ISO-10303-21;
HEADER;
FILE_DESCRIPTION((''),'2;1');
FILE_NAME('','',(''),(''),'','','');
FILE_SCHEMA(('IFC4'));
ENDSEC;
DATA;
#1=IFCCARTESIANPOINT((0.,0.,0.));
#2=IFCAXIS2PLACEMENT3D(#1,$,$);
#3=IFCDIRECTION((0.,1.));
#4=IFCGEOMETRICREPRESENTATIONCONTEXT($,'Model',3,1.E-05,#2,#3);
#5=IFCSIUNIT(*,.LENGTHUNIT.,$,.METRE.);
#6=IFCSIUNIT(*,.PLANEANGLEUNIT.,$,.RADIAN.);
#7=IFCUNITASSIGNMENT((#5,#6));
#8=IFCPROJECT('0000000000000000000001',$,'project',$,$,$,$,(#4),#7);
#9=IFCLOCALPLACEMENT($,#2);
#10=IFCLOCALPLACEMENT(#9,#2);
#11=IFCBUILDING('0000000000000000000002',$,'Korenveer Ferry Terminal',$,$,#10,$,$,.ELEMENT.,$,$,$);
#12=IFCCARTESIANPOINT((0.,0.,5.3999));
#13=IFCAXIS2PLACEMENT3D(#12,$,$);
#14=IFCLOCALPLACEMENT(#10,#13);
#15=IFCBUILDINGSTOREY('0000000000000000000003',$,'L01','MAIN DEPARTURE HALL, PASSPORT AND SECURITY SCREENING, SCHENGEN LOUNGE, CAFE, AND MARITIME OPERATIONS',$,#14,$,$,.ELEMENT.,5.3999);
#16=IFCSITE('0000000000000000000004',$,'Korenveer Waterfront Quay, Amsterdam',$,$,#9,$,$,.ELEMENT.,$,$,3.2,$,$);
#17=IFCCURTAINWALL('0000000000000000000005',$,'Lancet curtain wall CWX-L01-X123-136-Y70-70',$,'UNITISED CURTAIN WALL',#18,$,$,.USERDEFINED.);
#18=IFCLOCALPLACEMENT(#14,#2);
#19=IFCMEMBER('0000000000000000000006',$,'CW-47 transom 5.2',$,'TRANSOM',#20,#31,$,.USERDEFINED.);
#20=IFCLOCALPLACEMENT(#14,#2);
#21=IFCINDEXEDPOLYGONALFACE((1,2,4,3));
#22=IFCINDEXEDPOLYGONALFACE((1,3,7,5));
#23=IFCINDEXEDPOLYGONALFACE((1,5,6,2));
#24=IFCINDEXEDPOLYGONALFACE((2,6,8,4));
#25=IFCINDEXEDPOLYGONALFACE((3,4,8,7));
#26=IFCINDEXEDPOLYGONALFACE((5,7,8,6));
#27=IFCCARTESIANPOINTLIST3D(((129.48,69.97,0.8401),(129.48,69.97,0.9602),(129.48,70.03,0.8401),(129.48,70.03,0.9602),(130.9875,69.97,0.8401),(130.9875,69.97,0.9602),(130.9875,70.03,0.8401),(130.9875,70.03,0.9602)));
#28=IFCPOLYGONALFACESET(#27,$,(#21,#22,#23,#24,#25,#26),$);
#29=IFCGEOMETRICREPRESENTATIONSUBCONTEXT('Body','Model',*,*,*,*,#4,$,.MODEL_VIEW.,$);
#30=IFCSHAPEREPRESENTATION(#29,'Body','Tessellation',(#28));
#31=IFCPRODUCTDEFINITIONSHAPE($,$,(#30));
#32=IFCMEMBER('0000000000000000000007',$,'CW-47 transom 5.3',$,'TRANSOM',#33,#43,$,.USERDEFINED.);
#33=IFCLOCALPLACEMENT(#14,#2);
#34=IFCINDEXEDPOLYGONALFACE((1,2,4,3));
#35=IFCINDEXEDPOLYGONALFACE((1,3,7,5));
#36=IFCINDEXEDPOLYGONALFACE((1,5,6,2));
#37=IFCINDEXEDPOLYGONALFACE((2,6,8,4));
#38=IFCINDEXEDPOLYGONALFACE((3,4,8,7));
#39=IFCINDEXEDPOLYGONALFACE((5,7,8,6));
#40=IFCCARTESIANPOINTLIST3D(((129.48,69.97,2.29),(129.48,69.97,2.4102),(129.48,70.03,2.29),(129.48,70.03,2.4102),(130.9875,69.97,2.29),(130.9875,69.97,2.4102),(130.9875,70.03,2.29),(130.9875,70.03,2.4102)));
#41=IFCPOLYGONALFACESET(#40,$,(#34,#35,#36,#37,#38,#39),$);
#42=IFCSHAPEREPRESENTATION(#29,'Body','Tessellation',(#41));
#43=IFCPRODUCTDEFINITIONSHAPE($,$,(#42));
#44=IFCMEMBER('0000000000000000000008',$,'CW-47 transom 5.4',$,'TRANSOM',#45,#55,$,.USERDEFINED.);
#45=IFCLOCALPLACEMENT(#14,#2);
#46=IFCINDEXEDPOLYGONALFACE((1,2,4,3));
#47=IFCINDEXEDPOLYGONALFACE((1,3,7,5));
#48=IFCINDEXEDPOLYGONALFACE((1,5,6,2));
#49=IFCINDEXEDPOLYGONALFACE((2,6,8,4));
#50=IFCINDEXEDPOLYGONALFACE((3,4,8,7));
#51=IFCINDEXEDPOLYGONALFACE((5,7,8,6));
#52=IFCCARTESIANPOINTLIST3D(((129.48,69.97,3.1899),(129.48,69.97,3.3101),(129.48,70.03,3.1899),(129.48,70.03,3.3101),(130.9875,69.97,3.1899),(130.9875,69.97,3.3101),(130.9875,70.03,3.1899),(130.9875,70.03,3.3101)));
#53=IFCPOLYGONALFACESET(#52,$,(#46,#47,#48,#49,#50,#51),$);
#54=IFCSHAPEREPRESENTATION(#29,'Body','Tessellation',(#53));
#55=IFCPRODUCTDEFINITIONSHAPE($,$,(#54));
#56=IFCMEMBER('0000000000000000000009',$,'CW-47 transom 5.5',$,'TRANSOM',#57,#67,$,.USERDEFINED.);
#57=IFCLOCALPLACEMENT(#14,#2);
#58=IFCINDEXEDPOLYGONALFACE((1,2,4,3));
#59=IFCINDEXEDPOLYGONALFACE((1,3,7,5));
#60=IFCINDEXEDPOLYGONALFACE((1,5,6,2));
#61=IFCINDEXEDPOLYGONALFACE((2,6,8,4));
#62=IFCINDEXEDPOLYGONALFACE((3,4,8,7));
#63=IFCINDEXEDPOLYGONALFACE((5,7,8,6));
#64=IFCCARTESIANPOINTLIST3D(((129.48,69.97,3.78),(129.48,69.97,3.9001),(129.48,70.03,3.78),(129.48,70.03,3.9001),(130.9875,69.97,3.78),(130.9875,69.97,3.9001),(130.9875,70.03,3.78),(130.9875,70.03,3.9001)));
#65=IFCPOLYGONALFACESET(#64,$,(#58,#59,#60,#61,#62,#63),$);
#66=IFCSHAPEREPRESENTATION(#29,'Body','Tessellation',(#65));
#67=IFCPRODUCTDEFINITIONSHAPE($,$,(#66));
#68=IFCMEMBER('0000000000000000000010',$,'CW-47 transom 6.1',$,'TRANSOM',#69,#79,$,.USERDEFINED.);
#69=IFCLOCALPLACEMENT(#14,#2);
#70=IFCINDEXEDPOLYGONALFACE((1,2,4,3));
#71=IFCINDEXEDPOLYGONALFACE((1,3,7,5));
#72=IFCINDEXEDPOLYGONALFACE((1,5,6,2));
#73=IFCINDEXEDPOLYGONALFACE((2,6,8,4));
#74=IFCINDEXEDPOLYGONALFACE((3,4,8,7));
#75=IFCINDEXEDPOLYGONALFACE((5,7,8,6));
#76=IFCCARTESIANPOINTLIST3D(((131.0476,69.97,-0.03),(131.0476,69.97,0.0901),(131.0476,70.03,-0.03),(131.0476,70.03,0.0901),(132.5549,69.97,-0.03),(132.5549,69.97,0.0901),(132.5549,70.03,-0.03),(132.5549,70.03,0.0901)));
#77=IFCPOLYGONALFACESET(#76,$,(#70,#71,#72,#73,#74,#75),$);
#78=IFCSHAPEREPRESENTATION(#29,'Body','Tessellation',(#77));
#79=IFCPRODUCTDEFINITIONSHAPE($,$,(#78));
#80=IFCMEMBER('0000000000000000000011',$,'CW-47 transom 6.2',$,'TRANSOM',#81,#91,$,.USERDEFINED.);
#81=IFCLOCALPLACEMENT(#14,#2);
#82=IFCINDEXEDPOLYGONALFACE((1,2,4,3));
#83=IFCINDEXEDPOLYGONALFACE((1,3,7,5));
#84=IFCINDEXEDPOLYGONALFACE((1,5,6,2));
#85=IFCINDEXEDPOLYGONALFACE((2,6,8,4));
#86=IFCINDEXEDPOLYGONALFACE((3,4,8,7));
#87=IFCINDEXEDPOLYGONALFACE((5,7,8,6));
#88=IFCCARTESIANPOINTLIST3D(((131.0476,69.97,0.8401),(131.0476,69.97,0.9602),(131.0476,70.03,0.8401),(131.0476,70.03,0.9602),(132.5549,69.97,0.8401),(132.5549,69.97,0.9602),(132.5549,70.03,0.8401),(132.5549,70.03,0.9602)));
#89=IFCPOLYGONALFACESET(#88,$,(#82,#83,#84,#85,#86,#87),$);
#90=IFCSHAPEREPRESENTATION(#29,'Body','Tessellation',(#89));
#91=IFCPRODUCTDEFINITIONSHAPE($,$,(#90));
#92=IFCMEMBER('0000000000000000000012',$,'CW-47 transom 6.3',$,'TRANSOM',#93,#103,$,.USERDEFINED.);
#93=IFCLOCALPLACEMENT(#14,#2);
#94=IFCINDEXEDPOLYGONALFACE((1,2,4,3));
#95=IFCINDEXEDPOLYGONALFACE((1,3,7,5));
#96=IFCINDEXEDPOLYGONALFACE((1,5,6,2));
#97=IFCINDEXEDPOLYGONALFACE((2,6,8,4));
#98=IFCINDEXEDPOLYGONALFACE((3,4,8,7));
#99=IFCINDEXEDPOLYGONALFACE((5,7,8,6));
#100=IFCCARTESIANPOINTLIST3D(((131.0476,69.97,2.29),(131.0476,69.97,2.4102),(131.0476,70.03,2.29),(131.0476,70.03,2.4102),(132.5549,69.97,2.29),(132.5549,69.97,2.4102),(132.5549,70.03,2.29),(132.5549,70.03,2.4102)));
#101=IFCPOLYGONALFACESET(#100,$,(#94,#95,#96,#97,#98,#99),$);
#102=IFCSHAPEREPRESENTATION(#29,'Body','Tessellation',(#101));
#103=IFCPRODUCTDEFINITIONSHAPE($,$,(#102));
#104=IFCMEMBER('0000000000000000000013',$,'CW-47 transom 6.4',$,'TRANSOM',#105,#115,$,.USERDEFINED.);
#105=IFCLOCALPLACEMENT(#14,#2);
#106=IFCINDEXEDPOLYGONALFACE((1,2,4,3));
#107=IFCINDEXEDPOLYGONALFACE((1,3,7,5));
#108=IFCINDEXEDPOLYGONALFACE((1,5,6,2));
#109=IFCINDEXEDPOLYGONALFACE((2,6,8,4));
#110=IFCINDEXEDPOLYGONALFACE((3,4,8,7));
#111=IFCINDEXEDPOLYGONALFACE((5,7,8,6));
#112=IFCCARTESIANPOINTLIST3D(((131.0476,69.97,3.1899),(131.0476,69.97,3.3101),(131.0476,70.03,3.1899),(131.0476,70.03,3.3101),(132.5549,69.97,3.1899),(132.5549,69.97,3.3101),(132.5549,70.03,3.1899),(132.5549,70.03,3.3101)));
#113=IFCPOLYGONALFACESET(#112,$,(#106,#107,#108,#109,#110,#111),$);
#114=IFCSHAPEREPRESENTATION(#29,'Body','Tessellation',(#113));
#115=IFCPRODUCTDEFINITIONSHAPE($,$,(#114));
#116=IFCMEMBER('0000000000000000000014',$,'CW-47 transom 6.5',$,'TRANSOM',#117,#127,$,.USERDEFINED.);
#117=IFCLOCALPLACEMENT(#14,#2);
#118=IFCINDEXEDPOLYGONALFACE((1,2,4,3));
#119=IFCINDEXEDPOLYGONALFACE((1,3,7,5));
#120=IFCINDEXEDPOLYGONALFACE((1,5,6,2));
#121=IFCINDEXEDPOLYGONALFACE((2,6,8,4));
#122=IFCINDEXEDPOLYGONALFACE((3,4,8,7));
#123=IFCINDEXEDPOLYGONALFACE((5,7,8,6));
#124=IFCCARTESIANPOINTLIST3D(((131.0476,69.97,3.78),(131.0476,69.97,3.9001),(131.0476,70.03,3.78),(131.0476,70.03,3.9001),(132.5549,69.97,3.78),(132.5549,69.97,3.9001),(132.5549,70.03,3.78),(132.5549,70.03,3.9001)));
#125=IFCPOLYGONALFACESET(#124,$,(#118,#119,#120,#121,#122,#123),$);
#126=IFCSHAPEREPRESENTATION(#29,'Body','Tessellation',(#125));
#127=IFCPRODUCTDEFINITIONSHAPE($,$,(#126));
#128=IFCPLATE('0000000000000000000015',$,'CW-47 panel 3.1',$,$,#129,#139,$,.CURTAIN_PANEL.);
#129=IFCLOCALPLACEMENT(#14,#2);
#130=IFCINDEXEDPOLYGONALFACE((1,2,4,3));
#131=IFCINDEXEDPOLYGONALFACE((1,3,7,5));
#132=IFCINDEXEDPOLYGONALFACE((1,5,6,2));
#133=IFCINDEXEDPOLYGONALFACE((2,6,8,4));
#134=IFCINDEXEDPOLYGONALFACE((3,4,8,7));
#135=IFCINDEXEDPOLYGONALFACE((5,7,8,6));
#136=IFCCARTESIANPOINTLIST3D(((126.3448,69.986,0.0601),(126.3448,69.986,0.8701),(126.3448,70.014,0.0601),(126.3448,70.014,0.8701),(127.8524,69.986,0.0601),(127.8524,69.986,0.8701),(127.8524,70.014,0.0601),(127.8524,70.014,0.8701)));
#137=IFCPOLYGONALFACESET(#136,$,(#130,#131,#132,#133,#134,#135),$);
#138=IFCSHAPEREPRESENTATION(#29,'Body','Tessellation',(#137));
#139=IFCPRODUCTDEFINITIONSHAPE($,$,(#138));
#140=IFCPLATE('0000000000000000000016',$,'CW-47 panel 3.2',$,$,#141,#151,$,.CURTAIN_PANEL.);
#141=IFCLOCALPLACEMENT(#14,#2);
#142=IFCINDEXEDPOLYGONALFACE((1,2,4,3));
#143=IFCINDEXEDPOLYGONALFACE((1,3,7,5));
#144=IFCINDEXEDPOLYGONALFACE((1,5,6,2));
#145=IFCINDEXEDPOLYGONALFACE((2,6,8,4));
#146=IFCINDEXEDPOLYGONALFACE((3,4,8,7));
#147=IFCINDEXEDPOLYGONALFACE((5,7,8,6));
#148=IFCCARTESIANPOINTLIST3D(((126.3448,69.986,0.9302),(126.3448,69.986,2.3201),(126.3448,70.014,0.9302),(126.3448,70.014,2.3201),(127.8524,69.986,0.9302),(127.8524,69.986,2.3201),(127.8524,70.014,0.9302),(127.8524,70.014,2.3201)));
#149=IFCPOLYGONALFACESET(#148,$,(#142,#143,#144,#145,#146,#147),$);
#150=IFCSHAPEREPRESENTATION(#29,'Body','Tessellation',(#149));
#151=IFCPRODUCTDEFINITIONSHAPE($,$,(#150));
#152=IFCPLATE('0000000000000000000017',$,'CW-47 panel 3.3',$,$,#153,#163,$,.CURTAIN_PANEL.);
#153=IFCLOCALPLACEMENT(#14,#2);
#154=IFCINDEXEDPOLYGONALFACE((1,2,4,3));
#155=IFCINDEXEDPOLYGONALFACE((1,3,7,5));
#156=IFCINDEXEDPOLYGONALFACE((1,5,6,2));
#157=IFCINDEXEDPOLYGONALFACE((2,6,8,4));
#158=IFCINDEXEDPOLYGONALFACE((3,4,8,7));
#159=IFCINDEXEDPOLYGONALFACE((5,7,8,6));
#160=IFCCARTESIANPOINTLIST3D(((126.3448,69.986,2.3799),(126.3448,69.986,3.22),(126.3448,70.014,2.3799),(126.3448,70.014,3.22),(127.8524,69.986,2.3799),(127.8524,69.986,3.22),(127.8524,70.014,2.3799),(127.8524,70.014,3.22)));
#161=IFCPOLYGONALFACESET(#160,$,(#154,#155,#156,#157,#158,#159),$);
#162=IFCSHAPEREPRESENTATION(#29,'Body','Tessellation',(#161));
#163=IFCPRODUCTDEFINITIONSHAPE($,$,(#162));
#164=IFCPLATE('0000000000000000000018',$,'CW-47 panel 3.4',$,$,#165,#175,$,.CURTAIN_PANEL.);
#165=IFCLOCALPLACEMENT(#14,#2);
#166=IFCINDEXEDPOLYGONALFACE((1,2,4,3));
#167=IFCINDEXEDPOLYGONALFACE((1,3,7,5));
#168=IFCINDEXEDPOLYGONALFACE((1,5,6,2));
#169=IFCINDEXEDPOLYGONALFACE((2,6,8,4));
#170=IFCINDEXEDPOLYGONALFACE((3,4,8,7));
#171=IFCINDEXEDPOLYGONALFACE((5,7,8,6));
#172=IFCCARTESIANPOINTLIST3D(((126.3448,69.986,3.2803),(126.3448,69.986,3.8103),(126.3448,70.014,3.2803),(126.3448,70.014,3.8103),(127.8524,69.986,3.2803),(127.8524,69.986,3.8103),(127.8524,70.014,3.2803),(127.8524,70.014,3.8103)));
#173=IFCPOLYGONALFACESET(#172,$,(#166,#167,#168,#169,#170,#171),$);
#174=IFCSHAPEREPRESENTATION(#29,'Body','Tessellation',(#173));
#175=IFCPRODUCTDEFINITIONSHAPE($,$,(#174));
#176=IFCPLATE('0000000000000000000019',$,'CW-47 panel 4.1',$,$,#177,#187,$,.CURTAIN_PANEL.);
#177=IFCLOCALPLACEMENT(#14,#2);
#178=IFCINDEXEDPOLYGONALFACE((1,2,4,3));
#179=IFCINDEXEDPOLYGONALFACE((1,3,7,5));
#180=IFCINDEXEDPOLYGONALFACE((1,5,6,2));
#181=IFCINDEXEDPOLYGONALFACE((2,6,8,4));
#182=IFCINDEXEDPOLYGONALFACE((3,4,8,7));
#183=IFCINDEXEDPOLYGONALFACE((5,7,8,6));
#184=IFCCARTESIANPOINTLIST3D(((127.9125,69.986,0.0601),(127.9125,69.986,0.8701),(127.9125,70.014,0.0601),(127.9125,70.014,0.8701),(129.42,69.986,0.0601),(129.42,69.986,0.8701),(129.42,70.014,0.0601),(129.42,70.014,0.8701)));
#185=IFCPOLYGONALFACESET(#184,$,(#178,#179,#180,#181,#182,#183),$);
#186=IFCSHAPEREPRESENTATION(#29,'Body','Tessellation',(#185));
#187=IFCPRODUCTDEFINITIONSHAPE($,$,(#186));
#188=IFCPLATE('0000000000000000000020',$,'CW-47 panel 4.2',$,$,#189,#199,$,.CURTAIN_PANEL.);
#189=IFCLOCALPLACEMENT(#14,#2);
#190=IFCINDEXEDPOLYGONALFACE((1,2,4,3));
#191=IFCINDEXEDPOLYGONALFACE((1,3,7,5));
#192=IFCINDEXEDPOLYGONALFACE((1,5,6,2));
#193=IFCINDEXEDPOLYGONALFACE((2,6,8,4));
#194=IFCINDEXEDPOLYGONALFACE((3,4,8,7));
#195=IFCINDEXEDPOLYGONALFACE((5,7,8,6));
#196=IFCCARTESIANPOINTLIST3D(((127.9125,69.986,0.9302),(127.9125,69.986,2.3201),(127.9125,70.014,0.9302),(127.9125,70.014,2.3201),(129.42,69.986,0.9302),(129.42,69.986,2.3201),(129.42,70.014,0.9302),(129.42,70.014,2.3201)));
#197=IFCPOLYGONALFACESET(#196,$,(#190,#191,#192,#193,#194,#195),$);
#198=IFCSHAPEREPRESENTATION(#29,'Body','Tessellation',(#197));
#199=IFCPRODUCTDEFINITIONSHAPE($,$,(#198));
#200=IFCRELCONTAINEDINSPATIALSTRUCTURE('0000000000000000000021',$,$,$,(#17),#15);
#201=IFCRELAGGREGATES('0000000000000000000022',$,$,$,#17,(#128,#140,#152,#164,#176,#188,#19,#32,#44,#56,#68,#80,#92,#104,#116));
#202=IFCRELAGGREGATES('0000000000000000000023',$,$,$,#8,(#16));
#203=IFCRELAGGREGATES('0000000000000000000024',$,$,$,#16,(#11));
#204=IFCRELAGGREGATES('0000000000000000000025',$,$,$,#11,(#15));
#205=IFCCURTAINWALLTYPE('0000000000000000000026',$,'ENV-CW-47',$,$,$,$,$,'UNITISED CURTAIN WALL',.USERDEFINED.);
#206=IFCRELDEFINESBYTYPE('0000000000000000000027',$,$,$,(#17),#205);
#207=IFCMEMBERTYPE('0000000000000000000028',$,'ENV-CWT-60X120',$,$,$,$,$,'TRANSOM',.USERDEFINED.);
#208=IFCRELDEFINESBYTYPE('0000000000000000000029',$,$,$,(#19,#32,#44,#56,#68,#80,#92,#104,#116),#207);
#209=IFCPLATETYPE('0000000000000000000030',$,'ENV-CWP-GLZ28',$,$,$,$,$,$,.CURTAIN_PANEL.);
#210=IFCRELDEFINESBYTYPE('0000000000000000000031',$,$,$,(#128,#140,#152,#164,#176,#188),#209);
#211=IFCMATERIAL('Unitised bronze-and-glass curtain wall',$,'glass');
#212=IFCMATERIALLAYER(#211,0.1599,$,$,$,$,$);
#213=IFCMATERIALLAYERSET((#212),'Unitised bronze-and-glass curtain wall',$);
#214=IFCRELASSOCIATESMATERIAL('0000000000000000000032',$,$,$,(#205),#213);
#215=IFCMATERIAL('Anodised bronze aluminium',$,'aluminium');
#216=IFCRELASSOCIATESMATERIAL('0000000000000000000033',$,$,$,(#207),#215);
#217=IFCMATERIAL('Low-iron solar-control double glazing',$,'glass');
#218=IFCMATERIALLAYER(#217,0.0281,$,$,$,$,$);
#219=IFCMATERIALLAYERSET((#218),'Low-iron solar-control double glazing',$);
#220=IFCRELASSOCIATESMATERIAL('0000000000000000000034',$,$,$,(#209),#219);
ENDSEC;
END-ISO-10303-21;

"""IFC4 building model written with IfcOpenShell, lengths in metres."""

from ifc_helpers import new_model, si_unit, direction, frame, origin, origin_2d, place, context, subcontext, project, spatial, rectangle, extrude, material, layer, layer_set, material_profile, profile_set, type_object, element, aggregate, save


model = new_model("IFC4")

# Units and contexts
model_context = context("Model", 3, precision=1e-05, world=origin(), true_north=direction((0.0, 1.0)))
body_context = subcontext(model_context, "Body", "Model", "MODEL_VIEW")
ifc_project = project(units=[si_unit("LENGTHUNIT", "METRE"), si_unit("PLANEANGLEUNIT", "RADIAN")], contexts=[model_context])

# Site, building, storey
site_placement = place(None, origin())
site = spatial("IfcSite", under=ifc_project, at=site_placement, Name="Korenveer Waterfront Quay, Amsterdam", CompositionType="ELEMENT", RefElevation=3.2)
building_placement = place(site_placement, origin())
building = spatial("IfcBuilding", under=site, at=building_placement, Name="Korenveer Ferry Terminal", CompositionType="ELEMENT")
storey_placement = place(building_placement, frame((0.0, 0.0, 5.3999)))
storey = spatial("IfcBuildingStorey", under=building, at=storey_placement, Name="L01", Description="MAIN DEPARTURE HALL, PASSPORT AND SECURITY SCREENING, SCHENGEN LOUNGE, CAFE, AND MARITIME OPERATIONS", CompositionType="ELEMENT", Elevation=5.3999)

# Curtain wall, members, plates
ifc_material_1 = material(Name="Unitised bronze-and-glass curtain wall", Category="glass")
ifc_layer_1 = layer(ifc_material_1, 0.1599)
ifc_layer_set_1 = layer_set([ifc_layer_1], Name="Unitised bronze-and-glass curtain wall")
curtain_wall_type = type_object("IfcCurtainWallType", Name="ENV-CW-47", ElementType="UNITISED CURTAIN WALL", PredefinedType="USERDEFINED", material=ifc_layer_set_1)
curtain_wall_placement = place(storey_placement, frame((123.1799, 70.0, 0.0)))
curtain_wall = element("IfcCurtainWall", 1, at=curtain_wall_placement, inside=storey, type_object=curtain_wall_type, Name="Lancet curtain wall CWX-L01-X123-136-Y70-70", ObjectType="UNITISED CURTAIN WALL", PredefinedType="USERDEFINED")
ifc_material_2 = material(Name="Anodised bronze aluminium", Category="aluminium")
ifc_material_profile_1 = material_profile(ifc_material_2, rectangle(XDim=0.0601, YDim=0.1201, at=origin_2d()), Name="ALU 60x120")
ifc_profile_set_1 = profile_set([ifc_material_profile_1], Name="Anodised bronze aluminium")
member_type_1 = type_object("IfcMemberType", Name="ENV-CWT-60X120", ElementType="TRANSOM", PredefinedType="USERDEFINED", material=ifc_profile_set_1)
member_1_placement = place(storey_placement, frame((129.48, 70.0, 0.9001), z_axis=(1.0, 0.0, 0.0), x_axis=(0.0, 1.0, 0.0)))
member_1 = element("IfcMember", 2, at=member_1_placement, type_object=member_type_1, Name="CW-47 transom 5.2", ObjectType="TRANSOM", PredefinedType="USERDEFINED", context=body_context, shape_type="SweptSolid", body=[
    extrude(rectangle(XDim=0.0601, YDim=0.1201, at=origin_2d()), origin(), (0.0, 0.0, 1.0), 1.5076),
])
member_2_placement = place(storey_placement, frame((129.48, 70.0, 2.3501), z_axis=(1.0, 0.0, 0.0), x_axis=(0.0, 1.0, 0.0)))
member_2 = element("IfcMember", 3, at=member_2_placement, type_object=member_type_1, Name="CW-47 transom 5.3", ObjectType="TRANSOM", PredefinedType="USERDEFINED", context=body_context, shape_type="SweptSolid", body=[
    extrude(rectangle(XDim=0.0601, YDim=0.1201, at=origin_2d()), origin(), (0.0, 0.0, 1.0), 1.5076),
])
member_3_placement = place(storey_placement, frame((129.48, 70.0, 3.25), z_axis=(1.0, 0.0, 0.0), x_axis=(0.0, 1.0, 0.0)))
member_3 = element("IfcMember", 4, at=member_3_placement, type_object=member_type_1, Name="CW-47 transom 5.4", ObjectType="TRANSOM", PredefinedType="USERDEFINED", context=body_context, shape_type="SweptSolid", body=[
    extrude(rectangle(XDim=0.0601, YDim=0.1201, at=origin_2d()), origin(), (0.0, 0.0, 1.0), 1.5076),
])
member_4_placement = place(storey_placement, frame((129.48, 70.0, 3.8401), z_axis=(1.0, 0.0, 0.0), x_axis=(0.0, 1.0, 0.0)))
member_4 = element("IfcMember", 5, at=member_4_placement, type_object=member_type_1, Name="CW-47 transom 5.5", ObjectType="TRANSOM", PredefinedType="USERDEFINED", context=body_context, shape_type="SweptSolid", body=[
    extrude(rectangle(XDim=0.0601, YDim=0.1201, at=origin_2d()), origin(), (0.0, 0.0, 1.0), 1.5076),
])
member_5_placement = place(storey_placement, frame((131.0476, 70.0, 0.03), z_axis=(1.0, 0.0, 0.0), x_axis=(0.0, 1.0, 0.0)))
member_5 = element("IfcMember", 6, at=member_5_placement, type_object=member_type_1, Name="CW-47 transom 6.1", ObjectType="TRANSOM", PredefinedType="USERDEFINED", context=body_context, shape_type="SweptSolid", body=[
    extrude(rectangle(XDim=0.0601, YDim=0.1201, at=origin_2d()), origin(), (0.0, 0.0, 1.0), 1.5073),
])
member_6_placement = place(storey_placement, frame((131.0476, 70.0, 0.9001), z_axis=(1.0, 0.0, 0.0), x_axis=(0.0, 1.0, 0.0)))
member_6 = element("IfcMember", 7, at=member_6_placement, type_object=member_type_1, Name="CW-47 transom 6.2", ObjectType="TRANSOM", PredefinedType="USERDEFINED", context=body_context, shape_type="SweptSolid", body=[
    extrude(rectangle(XDim=0.0601, YDim=0.1201, at=origin_2d()), origin(), (0.0, 0.0, 1.0), 1.5073),
])
member_7_placement = place(storey_placement, frame((131.0476, 70.0, 2.3501), z_axis=(1.0, 0.0, 0.0), x_axis=(0.0, 1.0, 0.0)))
member_7 = element("IfcMember", 8, at=member_7_placement, type_object=member_type_1, Name="CW-47 transom 6.3", ObjectType="TRANSOM", PredefinedType="USERDEFINED", context=body_context, shape_type="SweptSolid", body=[
    extrude(rectangle(XDim=0.0601, YDim=0.1201, at=origin_2d()), origin(), (0.0, 0.0, 1.0), 1.5073),
])
member_8_placement = place(storey_placement, frame((131.0476, 70.0, 3.25), z_axis=(1.0, 0.0, 0.0), x_axis=(0.0, 1.0, 0.0)))
member_8 = element("IfcMember", 9, at=member_8_placement, type_object=member_type_1, Name="CW-47 transom 6.4", ObjectType="TRANSOM", PredefinedType="USERDEFINED", context=body_context, shape_type="SweptSolid", body=[
    extrude(rectangle(XDim=0.0601, YDim=0.1201, at=origin_2d()), origin(), (0.0, 0.0, 1.0), 1.5073),
])
member_9_placement = place(storey_placement, frame((131.0476, 70.0, 3.8401), z_axis=(1.0, 0.0, 0.0), x_axis=(0.0, 1.0, 0.0)))
member_9 = element("IfcMember", 10, at=member_9_placement, type_object=member_type_1, Name="CW-47 transom 6.5", ObjectType="TRANSOM", PredefinedType="USERDEFINED", context=body_context, shape_type="SweptSolid", body=[
    extrude(rectangle(XDim=0.0601, YDim=0.1201, at=origin_2d()), origin(), (0.0, 0.0, 1.0), 1.5073),
])
ifc_material_3 = material(Name="Low-iron solar-control double glazing", Category="glass")
ifc_layer_2 = layer(ifc_material_3, 0.0281)
ifc_layer_set_2 = layer_set([ifc_layer_2], Name="Low-iron solar-control double glazing")
plate_type = type_object("IfcPlateType", Name="ENV-CWP-GLZ28", PredefinedType="CURTAIN_PANEL", material=ifc_layer_set_2)
plate_1_placement = place(storey_placement, frame((127.0986, 70.0, 0.0601), z_axis=(0.0, 0.0, 1.0), x_axis=(1.0, 0.0, 0.0)))
plate_1 = element("IfcPlate", 11, at=plate_1_placement, type_object=plate_type, Name="CW-47 panel 3.1", PredefinedType="CURTAIN_PANEL", context=body_context, shape_type="SweptSolid", body=[
    extrude(rectangle(XDim=1.5076, YDim=0.0281, at=origin_2d()), origin(), (0.0, 0.0, 1.0), 0.8101),
])
plate_2_placement = place(storey_placement, frame((127.0986, 70.0, 0.9302), z_axis=(0.0, 0.0, 1.0), x_axis=(1.0, 0.0, 0.0)))
plate_2 = element("IfcPlate", 12, at=plate_2_placement, type_object=plate_type, Name="CW-47 panel 3.2", PredefinedType="CURTAIN_PANEL", context=body_context, shape_type="SweptSolid", body=[
    extrude(rectangle(XDim=1.5076, YDim=0.0281, at=origin_2d()), origin(), (0.0, 0.0, 1.0), 1.3899),
])
plate_3_placement = place(storey_placement, frame((127.0986, 70.0, 2.3799), z_axis=(0.0, 0.0, 1.0), x_axis=(1.0, 0.0, 0.0)))
plate_3 = element("IfcPlate", 13, at=plate_3_placement, type_object=plate_type, Name="CW-47 panel 3.3", PredefinedType="CURTAIN_PANEL", context=body_context, shape_type="SweptSolid", body=[
    extrude(rectangle(XDim=1.5076, YDim=0.0281, at=origin_2d()), origin(), (0.0, 0.0, 1.0), 0.8401),
])
plate_4_placement = place(storey_placement, frame((127.0986, 70.0, 3.2803), z_axis=(0.0, 0.0, 1.0), x_axis=(1.0, 0.0, 0.0)))
plate_4 = element("IfcPlate", 14, at=plate_4_placement, type_object=plate_type, Name="CW-47 panel 3.4", PredefinedType="CURTAIN_PANEL", context=body_context, shape_type="SweptSolid", body=[
    extrude(rectangle(XDim=1.5076, YDim=0.0281, at=origin_2d()), origin(), (0.0, 0.0, 1.0), 0.53),
])
plate_5_placement = place(storey_placement, frame((128.6663, 70.0, 0.0601), z_axis=(0.0, 0.0, 1.0), x_axis=(1.0, 0.0, 0.0)))
plate_5 = element("IfcPlate", 15, at=plate_5_placement, type_object=plate_type, Name="CW-47 panel 4.1", PredefinedType="CURTAIN_PANEL", context=body_context, shape_type="SweptSolid", body=[
    extrude(rectangle(XDim=1.5076, YDim=0.0281, at=origin_2d()), origin(), (0.0, 0.0, 1.0), 0.8101),
])
plate_6_placement = place(storey_placement, frame((128.6663, 70.0, 0.9302), z_axis=(0.0, 0.0, 1.0), x_axis=(1.0, 0.0, 0.0)))
plate_6 = element("IfcPlate", 16, at=plate_6_placement, type_object=plate_type, Name="CW-47 panel 4.2", PredefinedType="CURTAIN_PANEL", context=body_context, shape_type="SweptSolid", body=[
    extrude(rectangle(XDim=1.5076, YDim=0.0281, at=origin_2d()), origin(), (0.0, 0.0, 1.0), 1.3899),
])
aggregate(curtain_wall, [plate_1, plate_2, plate_3, plate_4, plate_5, plate_6, member_1, member_2, member_3, member_4, member_5, member_6, member_7, member_8, member_9])

save(model, "model.ifc")
